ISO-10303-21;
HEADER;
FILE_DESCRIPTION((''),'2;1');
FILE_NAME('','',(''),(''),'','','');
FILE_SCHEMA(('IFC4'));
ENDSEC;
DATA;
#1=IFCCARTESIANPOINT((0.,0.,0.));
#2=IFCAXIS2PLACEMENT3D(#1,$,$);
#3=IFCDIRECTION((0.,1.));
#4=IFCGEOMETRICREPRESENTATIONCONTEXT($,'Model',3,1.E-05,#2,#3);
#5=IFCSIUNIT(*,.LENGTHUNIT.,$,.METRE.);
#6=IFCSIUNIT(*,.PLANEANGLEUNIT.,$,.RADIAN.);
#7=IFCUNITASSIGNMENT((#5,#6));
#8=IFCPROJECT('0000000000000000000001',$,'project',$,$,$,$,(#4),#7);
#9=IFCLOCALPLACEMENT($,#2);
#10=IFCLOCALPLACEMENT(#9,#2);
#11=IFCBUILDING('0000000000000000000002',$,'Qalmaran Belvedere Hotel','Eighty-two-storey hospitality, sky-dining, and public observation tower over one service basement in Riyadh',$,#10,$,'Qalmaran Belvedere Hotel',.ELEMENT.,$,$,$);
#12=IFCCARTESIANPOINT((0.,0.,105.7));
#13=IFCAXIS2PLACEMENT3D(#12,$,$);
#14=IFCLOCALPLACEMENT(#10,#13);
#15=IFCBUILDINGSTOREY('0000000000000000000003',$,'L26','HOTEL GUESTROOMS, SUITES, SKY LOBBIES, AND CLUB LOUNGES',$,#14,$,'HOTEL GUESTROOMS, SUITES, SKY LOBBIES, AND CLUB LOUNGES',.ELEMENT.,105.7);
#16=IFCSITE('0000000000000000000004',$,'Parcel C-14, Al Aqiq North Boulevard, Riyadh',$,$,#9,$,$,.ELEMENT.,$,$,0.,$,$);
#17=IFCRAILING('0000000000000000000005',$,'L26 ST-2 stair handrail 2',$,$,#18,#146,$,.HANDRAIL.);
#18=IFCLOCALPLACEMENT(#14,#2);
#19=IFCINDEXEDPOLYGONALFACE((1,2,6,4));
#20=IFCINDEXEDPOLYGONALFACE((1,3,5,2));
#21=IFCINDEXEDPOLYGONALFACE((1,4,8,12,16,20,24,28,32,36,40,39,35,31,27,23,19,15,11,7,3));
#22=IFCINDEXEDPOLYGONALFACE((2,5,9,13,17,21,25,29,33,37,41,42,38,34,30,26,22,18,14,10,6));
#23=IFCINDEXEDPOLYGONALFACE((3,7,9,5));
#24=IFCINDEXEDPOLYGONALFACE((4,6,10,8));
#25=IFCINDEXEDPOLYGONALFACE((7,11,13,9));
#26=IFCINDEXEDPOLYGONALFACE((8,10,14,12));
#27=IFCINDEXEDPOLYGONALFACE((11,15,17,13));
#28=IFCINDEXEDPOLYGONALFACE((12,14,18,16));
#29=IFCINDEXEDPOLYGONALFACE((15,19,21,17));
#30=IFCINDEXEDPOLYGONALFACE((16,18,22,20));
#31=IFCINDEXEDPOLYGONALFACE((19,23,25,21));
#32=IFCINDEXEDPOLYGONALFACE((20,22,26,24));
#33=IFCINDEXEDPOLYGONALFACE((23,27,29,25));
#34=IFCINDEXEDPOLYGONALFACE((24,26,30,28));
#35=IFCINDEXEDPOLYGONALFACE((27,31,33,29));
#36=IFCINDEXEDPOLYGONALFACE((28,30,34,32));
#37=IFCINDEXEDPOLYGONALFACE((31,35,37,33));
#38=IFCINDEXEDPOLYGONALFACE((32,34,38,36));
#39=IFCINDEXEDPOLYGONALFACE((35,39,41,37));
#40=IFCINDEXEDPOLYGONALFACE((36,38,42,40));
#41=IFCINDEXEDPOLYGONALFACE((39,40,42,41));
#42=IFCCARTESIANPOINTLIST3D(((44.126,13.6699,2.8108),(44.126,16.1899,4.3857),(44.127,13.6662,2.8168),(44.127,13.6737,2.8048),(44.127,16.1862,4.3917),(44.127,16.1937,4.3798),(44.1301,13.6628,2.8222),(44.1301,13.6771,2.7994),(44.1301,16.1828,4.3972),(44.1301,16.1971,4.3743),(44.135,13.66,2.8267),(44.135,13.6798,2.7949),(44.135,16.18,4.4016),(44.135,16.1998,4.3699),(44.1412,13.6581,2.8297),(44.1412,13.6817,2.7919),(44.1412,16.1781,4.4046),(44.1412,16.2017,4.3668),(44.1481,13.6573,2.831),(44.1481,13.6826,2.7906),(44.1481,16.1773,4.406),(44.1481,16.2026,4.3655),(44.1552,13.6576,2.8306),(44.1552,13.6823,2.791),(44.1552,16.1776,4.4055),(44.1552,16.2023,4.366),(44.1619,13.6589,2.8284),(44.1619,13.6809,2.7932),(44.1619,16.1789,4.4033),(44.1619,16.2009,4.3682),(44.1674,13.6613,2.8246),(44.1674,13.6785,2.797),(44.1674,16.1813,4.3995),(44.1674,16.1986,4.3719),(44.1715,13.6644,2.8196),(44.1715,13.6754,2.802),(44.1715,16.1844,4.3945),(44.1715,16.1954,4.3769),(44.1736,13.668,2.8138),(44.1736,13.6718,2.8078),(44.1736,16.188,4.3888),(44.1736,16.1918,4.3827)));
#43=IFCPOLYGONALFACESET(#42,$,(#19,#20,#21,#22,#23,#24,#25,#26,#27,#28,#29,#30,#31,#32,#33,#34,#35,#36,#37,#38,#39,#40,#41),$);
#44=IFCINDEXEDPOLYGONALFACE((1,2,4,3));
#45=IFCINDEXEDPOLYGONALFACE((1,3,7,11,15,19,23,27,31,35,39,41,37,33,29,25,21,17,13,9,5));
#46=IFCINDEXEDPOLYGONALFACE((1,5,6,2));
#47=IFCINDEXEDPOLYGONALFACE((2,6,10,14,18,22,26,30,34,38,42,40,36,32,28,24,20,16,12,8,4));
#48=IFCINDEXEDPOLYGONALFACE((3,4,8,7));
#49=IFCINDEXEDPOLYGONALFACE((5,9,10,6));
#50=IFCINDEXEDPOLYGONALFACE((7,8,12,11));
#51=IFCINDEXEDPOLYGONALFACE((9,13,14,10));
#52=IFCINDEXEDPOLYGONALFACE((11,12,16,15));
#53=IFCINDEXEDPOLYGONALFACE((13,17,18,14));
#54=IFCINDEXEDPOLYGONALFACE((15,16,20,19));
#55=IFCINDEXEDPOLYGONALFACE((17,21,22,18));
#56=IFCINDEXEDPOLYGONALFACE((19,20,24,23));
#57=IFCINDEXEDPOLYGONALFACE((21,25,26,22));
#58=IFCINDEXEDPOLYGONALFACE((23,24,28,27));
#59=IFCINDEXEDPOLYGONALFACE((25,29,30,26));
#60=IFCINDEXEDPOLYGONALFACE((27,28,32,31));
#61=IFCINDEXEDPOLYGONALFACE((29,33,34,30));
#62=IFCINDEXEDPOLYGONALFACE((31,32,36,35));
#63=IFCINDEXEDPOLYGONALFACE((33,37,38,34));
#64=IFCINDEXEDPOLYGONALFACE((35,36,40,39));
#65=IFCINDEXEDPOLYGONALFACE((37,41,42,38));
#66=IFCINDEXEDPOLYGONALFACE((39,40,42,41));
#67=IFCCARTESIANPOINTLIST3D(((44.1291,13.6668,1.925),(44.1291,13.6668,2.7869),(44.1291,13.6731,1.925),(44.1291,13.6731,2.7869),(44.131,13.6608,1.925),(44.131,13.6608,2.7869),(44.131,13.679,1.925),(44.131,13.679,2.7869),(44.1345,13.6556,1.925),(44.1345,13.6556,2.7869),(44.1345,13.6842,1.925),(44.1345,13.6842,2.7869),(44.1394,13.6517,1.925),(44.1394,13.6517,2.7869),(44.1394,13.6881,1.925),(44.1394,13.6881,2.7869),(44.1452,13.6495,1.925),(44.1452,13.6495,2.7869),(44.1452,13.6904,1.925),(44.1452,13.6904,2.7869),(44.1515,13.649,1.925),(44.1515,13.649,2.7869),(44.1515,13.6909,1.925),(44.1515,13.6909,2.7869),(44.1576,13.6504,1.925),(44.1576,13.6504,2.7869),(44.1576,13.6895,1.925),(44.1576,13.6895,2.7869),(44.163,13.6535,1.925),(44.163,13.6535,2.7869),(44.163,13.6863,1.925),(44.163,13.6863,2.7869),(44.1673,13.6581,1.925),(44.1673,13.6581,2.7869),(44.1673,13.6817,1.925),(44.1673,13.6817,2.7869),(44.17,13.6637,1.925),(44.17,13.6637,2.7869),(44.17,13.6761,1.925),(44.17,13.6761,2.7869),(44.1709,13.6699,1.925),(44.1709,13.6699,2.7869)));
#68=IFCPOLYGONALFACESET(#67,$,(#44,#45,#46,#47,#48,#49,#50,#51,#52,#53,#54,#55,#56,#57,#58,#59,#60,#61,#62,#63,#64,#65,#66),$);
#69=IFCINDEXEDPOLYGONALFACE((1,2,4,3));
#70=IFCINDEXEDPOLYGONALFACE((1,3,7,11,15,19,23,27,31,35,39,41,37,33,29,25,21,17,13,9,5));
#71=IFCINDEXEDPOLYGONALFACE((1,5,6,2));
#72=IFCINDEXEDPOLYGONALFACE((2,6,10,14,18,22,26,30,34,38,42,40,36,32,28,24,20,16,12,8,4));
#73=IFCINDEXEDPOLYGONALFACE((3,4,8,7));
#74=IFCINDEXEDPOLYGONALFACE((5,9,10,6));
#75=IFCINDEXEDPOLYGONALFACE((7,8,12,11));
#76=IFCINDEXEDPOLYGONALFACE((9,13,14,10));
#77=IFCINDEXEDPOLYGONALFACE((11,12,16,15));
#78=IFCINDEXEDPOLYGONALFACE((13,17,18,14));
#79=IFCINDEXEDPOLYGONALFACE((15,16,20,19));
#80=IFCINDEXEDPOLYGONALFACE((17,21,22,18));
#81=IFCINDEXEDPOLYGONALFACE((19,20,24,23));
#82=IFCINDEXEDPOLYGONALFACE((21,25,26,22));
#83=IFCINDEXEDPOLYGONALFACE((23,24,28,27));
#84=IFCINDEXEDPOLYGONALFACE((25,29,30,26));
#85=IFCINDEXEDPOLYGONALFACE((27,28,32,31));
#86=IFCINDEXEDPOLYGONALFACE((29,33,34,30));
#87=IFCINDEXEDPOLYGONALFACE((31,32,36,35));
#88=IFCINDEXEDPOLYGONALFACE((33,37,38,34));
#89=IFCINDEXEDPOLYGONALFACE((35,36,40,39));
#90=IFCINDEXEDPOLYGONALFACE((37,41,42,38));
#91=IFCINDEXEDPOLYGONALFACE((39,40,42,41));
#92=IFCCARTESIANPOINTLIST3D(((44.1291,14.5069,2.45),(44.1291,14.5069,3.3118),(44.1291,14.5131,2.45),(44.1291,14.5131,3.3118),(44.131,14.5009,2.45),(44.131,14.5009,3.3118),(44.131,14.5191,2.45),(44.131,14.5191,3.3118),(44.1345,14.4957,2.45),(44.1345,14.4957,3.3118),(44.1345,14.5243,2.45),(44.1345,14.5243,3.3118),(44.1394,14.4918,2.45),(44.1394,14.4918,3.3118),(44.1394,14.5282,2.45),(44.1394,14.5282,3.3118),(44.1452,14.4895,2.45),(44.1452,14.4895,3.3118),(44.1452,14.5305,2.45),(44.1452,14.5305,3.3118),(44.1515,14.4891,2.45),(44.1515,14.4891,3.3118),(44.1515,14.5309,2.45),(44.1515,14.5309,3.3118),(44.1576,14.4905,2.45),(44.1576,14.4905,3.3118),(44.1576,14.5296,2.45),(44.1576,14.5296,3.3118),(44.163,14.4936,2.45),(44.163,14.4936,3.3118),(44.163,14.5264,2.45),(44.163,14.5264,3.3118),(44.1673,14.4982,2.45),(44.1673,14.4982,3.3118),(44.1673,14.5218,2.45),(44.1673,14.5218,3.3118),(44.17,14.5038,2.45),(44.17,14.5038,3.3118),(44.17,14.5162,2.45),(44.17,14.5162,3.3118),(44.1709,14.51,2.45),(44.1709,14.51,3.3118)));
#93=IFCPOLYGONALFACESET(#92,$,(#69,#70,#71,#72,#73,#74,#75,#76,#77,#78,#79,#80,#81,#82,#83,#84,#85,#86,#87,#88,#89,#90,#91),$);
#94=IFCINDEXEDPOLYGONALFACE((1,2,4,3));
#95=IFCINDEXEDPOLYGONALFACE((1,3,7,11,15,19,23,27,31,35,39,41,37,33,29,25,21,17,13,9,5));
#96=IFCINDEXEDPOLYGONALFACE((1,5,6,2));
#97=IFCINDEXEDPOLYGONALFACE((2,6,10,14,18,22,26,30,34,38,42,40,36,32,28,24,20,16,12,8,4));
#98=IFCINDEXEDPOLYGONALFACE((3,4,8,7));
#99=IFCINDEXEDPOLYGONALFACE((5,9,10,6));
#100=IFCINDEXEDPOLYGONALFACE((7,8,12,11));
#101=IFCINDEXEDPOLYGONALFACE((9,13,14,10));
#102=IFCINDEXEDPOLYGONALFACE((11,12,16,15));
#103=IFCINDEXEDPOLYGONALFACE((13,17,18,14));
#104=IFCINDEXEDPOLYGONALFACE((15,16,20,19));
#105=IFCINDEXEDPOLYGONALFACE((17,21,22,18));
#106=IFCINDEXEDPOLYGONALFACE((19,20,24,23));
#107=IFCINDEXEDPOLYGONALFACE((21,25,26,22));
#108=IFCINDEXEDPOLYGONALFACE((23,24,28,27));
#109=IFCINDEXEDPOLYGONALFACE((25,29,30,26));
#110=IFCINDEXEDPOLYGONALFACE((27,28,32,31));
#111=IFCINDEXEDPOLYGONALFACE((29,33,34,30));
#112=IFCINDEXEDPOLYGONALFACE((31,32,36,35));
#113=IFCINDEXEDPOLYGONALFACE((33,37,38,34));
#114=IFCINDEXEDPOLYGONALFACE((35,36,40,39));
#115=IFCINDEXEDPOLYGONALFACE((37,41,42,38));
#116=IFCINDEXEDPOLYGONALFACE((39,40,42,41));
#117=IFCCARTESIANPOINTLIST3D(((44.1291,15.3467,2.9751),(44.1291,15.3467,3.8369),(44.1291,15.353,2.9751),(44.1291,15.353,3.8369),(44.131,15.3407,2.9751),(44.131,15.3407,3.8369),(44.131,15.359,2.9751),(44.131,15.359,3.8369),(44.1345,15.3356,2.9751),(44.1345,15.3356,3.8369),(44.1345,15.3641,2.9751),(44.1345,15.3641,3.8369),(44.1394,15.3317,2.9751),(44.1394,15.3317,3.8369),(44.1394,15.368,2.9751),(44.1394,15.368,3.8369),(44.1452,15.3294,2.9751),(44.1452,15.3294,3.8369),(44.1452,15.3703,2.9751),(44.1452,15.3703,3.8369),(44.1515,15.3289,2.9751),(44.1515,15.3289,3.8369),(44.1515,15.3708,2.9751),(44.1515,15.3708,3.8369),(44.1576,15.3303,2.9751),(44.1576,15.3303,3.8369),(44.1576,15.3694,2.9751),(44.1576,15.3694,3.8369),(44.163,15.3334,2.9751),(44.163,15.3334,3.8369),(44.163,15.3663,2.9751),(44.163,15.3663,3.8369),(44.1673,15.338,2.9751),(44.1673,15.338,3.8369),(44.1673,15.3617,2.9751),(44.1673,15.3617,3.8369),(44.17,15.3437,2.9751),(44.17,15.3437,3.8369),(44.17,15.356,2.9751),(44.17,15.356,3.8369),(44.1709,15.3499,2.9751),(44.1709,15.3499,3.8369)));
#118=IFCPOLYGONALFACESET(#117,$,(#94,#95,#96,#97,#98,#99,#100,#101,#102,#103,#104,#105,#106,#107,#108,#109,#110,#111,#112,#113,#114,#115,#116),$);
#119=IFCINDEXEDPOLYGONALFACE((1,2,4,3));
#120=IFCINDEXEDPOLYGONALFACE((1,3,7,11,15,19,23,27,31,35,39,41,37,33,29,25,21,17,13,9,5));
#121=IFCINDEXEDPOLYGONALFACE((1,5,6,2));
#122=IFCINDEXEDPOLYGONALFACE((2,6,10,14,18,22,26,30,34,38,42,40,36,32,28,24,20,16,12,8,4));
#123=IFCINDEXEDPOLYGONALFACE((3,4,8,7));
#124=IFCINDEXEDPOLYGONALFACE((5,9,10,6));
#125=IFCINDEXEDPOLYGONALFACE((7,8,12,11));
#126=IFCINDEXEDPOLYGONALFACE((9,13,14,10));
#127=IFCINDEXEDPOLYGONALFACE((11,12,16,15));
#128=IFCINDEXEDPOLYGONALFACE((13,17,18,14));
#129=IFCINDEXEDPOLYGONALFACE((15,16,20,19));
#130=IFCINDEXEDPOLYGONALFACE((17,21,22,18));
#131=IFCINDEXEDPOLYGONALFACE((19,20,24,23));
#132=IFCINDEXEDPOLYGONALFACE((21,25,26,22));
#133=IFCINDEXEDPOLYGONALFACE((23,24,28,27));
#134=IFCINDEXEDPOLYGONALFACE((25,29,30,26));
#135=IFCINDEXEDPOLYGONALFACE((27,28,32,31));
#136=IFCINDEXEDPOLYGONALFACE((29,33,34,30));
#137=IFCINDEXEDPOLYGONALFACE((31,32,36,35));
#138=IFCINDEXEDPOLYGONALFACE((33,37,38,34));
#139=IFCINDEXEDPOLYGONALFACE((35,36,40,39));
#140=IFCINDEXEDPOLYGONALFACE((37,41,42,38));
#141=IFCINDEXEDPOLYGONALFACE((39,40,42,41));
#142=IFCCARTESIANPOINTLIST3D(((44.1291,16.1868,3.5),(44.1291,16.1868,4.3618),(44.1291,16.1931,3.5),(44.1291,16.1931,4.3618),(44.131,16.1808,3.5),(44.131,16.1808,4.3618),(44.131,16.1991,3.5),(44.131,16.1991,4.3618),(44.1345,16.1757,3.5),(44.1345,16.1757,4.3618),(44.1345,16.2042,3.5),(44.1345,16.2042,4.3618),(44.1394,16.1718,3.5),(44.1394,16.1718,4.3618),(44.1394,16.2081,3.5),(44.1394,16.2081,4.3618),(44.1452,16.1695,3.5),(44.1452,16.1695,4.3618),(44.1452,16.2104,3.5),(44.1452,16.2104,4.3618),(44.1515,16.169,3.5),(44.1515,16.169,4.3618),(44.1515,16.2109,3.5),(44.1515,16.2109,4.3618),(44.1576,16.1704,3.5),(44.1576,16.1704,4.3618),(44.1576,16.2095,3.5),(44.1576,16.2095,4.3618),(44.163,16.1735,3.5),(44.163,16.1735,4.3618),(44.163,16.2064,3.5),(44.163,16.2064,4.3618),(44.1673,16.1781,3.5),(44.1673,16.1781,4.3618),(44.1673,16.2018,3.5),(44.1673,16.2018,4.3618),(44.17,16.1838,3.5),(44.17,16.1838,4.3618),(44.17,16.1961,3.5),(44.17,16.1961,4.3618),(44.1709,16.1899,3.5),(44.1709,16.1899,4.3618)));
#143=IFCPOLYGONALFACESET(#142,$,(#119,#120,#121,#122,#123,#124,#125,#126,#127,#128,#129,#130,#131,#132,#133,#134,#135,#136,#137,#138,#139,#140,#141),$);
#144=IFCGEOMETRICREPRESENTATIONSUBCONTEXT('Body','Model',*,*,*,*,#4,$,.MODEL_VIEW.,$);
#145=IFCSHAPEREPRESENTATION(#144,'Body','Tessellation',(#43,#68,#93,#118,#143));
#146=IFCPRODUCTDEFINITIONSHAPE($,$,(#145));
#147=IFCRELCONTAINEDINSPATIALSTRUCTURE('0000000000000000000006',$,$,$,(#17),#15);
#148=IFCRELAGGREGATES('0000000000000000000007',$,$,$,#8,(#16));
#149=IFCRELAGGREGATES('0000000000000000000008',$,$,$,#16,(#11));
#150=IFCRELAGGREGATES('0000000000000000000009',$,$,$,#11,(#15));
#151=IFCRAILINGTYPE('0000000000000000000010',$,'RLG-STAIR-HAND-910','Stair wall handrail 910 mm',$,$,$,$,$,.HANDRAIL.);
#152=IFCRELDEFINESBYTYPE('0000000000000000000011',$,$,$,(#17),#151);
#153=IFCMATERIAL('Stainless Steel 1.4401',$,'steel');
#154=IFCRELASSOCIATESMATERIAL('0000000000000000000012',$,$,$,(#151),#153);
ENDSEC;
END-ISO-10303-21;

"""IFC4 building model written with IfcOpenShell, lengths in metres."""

from ifc_helpers import new_model, si_unit, direction, frame, origin, origin_2d, place, context, subcontext, project, spatial, circle, extrude, material, type_object, element, save


model = new_model("IFC4")

# Units and contexts
model_context = context("Model", 3, precision=1e-05, world=origin(), true_north=direction((0.0, 1.0)))
body_context = subcontext(model_context, "Body", "Model", "MODEL_VIEW")
ifc_project = project(units=[si_unit("LENGTHUNIT", "METRE"), si_unit("PLANEANGLEUNIT", "RADIAN")], contexts=[model_context])

# Site, building, storey
site_placement = place(None, origin())
site = spatial("IfcSite", under=ifc_project, at=site_placement, Name="Parcel C-14, Al Aqiq North Boulevard, Riyadh", CompositionType="ELEMENT", RefElevation=0.0)
building_placement = place(site_placement, origin())
building = spatial("IfcBuilding", under=site, at=building_placement, Name="Qalmaran Belvedere Hotel", Description="Eighty-two-storey hospitality, sky-dining, and public observation tower over one service basement in Riyadh", LongName="Qalmaran Belvedere Hotel", CompositionType="ELEMENT")
storey_placement = place(building_placement, frame((0.0, 0.0, 105.7)))
storey = spatial("IfcBuildingStorey", under=building, at=storey_placement, Name="L26", Description="HOTEL GUESTROOMS, SUITES, SKY LOBBIES, AND CLUB LOUNGES", LongName="HOTEL GUESTROOMS, SUITES, SKY LOBBIES, AND CLUB LOUNGES", CompositionType="ELEMENT", Elevation=105.7)

# Shared definitions
ifc_material_1 = material(Name="Stainless Steel 1.4401", Category="steel")

# Railing
railing_type_1 = type_object("IfcRailingType", Name="RLG-STAIR-HAND-910", Description="Stair wall handrail 910 mm", PredefinedType="HANDRAIL", material=ifc_material_1)
railing_1_placement = place(storey_placement, frame((44.1499, 13.6699, 1.925)))
element("IfcRailing", 1, at=railing_1_placement, inside=storey, type_object=railing_type_1, Name="L26 ST-2 stair handrail 2", PredefinedType="HANDRAIL", context=body_context, shape_type="SweptSolid", body=[
    extrude(circle(Radius=0.0239, at=origin_2d()), frame((0.0, 0.0, 0.8857), z_axis=(0.0, 0.848008, 0.529984), x_axis=(-1.0, 0.0, 0.0)), (0.0, 0.0, 1.0), 2.9717),
    extrude(circle(Radius=0.021, at=origin_2d()), origin(), (0.0, 0.0, 1.0), 0.8618),
    extrude(circle(Radius=0.021, at=origin_2d()), frame((0.0, 0.8401, 0.5249)), (0.0, 0.0, 1.0), 0.8618),
    extrude(circle(Radius=0.021, at=origin_2d()), frame((0.0, 1.6799, 1.05)), (0.0, 0.0, 1.0), 0.8618),
    extrude(circle(Radius=0.021, at=origin_2d()), frame((0.0, 2.52, 1.575)), (0.0, 0.0, 1.0), 0.8618),
])

save(model, "model.ifc")
